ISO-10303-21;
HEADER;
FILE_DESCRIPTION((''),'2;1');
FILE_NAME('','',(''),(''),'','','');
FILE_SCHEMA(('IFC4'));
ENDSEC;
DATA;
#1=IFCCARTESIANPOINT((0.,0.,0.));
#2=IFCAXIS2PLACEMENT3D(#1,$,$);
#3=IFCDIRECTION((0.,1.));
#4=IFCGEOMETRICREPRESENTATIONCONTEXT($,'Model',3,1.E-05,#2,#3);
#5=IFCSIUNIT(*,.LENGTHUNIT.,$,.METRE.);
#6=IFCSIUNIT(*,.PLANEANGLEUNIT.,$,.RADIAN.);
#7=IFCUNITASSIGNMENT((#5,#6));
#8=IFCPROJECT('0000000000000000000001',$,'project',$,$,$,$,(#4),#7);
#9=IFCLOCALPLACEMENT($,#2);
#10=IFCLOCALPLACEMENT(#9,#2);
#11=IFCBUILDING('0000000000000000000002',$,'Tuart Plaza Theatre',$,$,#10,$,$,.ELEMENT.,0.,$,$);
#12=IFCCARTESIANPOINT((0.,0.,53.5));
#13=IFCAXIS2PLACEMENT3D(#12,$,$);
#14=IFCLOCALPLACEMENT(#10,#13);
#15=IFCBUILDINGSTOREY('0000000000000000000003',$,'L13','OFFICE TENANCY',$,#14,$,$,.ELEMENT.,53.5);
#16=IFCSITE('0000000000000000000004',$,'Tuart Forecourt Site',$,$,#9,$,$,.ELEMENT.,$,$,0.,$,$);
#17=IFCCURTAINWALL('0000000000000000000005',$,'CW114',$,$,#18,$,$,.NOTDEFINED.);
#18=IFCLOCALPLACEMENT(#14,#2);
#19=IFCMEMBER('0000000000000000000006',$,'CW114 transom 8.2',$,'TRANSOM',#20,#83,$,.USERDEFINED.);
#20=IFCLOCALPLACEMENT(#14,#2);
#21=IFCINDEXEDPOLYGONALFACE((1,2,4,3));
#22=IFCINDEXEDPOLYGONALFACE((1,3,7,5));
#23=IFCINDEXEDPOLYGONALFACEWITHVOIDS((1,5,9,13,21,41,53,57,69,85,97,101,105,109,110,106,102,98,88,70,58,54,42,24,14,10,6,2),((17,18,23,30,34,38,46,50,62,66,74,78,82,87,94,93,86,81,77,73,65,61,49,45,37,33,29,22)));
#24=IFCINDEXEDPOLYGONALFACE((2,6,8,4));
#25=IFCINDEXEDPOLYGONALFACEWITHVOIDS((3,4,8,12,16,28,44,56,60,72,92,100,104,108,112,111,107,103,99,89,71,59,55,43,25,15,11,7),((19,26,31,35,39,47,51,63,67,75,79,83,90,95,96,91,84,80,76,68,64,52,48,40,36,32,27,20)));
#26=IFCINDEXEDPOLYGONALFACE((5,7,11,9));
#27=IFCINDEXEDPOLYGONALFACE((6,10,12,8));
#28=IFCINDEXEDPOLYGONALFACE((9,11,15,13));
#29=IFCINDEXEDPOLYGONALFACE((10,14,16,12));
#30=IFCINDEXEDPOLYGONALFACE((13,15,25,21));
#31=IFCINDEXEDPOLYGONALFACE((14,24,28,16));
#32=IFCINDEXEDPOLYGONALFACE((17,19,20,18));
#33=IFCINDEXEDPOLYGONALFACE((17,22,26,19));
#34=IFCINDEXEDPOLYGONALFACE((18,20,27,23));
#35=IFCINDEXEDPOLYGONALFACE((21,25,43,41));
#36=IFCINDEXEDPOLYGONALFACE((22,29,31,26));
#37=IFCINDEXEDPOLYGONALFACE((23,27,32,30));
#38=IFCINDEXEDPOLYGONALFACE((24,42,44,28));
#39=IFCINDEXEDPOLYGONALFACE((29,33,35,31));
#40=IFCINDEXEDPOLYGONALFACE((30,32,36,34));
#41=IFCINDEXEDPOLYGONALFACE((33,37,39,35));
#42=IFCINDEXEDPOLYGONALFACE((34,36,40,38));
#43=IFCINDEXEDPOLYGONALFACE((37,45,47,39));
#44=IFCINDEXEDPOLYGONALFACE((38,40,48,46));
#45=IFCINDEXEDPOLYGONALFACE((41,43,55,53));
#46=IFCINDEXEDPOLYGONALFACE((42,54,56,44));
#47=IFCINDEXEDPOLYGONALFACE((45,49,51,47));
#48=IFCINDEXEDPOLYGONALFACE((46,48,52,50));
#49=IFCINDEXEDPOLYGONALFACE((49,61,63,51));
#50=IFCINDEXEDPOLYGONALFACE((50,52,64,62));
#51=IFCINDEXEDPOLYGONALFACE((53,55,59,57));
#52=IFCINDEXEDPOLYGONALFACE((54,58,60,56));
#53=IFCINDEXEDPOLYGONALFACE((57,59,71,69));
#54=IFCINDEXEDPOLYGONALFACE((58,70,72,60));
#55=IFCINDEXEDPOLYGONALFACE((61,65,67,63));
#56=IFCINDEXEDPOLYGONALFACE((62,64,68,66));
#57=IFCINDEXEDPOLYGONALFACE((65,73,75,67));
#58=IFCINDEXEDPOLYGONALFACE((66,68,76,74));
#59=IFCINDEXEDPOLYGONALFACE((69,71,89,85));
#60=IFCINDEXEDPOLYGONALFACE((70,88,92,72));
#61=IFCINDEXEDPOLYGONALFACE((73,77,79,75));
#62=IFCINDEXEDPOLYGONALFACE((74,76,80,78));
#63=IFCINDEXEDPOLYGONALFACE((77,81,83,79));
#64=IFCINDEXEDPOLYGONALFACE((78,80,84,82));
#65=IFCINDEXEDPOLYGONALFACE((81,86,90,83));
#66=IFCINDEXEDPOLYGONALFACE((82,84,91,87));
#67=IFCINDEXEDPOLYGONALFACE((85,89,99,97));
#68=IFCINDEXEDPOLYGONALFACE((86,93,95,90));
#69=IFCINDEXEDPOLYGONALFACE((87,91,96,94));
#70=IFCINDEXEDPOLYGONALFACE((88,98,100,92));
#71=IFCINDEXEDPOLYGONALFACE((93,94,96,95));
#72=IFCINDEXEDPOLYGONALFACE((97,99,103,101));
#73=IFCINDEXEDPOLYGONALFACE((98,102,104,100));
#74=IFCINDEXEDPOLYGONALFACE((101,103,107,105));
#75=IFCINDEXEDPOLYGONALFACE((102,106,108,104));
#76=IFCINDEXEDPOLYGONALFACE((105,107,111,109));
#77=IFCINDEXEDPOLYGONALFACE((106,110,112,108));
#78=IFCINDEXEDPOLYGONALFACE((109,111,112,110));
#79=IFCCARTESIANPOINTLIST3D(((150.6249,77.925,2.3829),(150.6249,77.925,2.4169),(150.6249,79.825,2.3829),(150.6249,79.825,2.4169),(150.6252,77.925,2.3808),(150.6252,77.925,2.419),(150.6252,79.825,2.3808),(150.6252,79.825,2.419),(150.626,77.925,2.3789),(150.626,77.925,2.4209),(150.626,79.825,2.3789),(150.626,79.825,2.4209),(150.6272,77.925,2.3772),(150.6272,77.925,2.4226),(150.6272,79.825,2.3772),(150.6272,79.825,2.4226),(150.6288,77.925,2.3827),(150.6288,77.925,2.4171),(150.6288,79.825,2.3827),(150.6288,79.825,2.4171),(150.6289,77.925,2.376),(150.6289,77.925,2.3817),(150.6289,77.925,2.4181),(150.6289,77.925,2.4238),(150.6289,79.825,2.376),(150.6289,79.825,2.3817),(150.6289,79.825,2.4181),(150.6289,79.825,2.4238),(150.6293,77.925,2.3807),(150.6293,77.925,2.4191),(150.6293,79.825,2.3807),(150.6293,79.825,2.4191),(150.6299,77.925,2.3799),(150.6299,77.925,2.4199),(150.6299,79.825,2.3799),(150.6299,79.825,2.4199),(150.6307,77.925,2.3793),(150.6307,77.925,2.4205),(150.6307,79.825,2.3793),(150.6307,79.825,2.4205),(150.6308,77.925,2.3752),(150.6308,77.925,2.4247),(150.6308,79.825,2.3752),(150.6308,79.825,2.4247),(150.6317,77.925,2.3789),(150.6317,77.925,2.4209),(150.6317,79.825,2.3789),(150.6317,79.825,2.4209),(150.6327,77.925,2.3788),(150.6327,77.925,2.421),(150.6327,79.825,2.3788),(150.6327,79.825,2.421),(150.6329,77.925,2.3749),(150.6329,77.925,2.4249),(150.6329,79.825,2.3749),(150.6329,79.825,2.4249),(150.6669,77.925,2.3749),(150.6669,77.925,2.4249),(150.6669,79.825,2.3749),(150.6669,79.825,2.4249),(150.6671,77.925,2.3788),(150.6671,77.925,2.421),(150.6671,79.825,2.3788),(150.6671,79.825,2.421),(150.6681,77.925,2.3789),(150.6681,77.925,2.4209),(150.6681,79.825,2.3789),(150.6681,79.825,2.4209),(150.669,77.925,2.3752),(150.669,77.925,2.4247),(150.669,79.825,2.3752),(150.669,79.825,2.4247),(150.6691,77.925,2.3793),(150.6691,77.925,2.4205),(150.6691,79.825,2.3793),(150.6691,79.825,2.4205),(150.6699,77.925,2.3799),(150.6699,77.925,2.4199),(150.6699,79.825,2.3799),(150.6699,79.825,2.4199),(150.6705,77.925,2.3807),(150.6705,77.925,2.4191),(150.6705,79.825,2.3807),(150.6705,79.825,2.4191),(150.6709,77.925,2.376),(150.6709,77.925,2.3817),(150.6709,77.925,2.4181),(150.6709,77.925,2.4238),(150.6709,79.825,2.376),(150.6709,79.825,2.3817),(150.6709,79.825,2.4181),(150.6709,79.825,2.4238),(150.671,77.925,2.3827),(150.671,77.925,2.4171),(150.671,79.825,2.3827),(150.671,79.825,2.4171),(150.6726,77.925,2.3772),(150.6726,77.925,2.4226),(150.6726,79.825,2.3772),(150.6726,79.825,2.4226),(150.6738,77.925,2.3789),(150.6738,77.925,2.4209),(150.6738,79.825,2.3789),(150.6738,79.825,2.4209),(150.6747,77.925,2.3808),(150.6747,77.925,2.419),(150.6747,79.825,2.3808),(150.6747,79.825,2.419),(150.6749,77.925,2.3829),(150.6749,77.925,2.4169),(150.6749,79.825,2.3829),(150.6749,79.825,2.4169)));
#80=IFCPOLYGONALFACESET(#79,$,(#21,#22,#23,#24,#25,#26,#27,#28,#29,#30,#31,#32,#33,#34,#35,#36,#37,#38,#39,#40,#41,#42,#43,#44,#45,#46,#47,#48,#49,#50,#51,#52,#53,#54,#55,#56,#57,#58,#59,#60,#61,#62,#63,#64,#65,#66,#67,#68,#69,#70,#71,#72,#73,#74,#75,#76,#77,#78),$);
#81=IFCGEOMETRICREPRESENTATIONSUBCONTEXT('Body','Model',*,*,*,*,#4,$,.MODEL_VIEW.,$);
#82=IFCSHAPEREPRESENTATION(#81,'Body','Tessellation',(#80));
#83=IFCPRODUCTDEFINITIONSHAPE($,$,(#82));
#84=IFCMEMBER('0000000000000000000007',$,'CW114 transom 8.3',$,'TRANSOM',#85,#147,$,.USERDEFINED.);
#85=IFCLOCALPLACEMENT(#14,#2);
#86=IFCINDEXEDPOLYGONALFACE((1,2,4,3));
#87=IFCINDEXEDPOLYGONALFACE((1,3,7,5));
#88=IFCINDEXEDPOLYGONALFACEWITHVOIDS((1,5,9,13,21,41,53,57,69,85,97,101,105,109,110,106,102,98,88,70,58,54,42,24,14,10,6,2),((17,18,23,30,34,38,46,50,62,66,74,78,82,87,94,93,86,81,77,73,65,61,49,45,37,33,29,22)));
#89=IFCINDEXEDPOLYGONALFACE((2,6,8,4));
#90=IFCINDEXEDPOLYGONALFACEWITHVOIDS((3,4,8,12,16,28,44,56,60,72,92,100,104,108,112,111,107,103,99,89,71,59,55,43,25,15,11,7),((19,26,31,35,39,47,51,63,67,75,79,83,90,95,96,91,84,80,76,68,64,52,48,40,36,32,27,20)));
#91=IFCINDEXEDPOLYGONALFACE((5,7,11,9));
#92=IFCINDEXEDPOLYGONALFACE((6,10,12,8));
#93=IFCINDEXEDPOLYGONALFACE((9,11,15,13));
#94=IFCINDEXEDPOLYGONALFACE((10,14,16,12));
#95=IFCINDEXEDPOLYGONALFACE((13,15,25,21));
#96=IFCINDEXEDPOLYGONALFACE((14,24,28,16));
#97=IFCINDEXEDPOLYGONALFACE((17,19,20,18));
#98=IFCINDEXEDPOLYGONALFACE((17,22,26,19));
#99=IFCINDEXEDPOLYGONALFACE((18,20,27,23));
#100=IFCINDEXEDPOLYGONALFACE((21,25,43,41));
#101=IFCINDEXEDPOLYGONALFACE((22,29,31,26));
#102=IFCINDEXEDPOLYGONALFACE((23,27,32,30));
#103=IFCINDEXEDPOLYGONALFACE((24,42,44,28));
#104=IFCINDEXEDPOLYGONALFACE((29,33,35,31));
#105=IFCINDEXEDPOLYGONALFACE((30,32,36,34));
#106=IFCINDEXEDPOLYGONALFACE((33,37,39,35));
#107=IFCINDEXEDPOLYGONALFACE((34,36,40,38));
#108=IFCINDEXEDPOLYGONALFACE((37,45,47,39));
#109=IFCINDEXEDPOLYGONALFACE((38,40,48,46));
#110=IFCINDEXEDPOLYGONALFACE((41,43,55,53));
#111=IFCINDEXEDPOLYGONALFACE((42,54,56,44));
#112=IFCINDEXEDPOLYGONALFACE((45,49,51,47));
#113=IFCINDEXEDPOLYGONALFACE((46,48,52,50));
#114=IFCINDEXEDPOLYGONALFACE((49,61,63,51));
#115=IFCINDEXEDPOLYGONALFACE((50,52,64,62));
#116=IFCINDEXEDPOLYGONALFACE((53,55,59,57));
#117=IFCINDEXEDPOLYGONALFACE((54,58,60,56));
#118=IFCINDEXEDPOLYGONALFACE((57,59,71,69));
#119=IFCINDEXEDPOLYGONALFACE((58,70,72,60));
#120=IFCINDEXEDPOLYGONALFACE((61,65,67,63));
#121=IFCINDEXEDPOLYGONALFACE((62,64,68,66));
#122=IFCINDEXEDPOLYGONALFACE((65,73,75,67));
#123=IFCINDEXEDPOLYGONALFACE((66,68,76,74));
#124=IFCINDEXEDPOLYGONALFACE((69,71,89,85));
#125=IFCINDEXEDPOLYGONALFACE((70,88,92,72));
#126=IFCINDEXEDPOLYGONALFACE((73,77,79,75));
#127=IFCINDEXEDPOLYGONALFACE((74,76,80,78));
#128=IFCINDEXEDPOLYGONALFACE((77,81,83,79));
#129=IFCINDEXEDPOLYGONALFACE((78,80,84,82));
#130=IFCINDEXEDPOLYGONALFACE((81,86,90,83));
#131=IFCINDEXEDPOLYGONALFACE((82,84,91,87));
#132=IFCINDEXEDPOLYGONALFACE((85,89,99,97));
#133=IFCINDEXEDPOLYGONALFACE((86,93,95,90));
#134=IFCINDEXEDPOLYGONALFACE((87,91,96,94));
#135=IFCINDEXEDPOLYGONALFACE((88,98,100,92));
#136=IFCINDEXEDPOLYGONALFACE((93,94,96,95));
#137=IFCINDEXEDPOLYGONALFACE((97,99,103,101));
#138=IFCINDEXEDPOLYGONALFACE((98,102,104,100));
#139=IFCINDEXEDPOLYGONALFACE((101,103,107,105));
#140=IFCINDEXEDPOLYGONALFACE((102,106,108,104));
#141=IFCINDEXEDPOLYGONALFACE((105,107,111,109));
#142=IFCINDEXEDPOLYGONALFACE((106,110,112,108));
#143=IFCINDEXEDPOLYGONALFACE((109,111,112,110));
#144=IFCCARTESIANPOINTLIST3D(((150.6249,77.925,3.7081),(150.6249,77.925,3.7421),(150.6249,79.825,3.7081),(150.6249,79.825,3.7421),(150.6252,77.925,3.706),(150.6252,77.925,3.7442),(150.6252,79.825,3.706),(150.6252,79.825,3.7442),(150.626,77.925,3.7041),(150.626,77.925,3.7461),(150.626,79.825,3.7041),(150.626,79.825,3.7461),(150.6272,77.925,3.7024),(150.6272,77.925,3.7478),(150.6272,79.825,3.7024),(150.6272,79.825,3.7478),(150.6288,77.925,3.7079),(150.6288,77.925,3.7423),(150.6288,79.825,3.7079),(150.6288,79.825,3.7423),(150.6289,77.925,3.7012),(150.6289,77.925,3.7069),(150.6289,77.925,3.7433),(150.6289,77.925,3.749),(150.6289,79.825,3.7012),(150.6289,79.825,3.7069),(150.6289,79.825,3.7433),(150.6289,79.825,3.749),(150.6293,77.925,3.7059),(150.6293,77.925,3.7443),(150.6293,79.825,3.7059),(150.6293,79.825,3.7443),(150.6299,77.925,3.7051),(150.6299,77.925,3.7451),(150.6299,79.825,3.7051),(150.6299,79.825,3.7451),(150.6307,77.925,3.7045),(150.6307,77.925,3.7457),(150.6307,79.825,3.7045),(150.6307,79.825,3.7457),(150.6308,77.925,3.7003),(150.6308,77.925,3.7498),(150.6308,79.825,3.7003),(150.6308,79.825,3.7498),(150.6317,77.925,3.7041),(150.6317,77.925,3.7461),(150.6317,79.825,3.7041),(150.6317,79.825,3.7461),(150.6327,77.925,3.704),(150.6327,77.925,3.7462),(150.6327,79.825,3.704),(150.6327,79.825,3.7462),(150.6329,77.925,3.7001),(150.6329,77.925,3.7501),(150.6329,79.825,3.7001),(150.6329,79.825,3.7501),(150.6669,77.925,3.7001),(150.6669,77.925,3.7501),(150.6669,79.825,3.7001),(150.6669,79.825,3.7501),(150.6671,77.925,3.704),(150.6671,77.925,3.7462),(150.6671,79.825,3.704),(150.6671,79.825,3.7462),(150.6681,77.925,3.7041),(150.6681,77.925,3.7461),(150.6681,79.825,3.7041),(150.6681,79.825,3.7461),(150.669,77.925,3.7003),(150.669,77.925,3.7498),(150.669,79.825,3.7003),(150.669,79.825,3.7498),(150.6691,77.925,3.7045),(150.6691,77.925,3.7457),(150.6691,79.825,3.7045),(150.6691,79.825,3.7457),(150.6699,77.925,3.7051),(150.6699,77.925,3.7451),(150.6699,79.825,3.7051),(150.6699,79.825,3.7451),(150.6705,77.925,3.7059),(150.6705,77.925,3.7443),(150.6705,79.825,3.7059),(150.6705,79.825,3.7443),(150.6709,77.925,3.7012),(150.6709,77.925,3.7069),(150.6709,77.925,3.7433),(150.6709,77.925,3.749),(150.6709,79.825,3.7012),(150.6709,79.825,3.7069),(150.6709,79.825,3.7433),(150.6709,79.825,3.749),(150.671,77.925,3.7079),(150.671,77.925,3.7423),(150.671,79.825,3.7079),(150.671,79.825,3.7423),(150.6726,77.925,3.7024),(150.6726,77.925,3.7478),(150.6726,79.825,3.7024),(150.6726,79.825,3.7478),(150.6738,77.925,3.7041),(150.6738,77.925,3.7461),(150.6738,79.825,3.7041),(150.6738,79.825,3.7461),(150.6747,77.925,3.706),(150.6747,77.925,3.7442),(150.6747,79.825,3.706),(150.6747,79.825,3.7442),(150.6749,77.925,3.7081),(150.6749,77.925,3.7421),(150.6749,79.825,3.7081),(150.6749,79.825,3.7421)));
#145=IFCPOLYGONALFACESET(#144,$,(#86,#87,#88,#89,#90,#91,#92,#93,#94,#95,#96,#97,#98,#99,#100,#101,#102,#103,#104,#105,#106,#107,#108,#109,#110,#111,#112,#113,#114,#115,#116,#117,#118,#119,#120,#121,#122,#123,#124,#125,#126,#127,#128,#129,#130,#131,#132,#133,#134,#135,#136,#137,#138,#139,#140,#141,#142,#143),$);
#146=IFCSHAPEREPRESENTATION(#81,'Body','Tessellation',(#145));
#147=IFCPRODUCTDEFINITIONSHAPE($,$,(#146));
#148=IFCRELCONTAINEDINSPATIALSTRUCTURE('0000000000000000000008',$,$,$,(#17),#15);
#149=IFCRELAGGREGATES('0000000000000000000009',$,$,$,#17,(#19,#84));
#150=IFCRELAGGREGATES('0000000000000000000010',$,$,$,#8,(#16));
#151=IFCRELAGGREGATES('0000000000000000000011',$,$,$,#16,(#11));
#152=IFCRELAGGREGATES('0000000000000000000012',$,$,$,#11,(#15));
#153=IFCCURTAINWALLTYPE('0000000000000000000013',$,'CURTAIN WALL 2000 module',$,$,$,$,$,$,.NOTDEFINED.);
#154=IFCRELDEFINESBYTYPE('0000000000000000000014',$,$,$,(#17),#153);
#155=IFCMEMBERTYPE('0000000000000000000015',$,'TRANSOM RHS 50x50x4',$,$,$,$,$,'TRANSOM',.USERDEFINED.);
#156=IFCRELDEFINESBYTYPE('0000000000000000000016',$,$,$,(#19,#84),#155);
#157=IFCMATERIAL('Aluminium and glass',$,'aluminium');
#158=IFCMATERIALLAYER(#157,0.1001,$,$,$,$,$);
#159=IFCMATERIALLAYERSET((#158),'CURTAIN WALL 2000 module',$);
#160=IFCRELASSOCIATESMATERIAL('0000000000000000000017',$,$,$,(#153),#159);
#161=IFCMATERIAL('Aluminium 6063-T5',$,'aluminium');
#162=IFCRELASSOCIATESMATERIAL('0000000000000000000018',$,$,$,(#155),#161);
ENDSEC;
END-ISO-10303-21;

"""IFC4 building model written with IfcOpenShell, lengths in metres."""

from ifc_helpers import new_model, si_unit, direction, frame, origin, origin_2d, place, context, subcontext, project, spatial, hollow_rectangle, extrude, material, layer, layer_set, material_profile, profile_set, type_object, element, aggregate, save


model = new_model("IFC4")

# Units and contexts
model_context = context("Model", 3, precision=1e-05, world=origin(), true_north=direction((0.0, 1.0)))
body_context = subcontext(model_context, "Body", "Model", "MODEL_VIEW")
ifc_project = project(units=[si_unit("LENGTHUNIT", "METRE"), si_unit("PLANEANGLEUNIT", "RADIAN")], contexts=[model_context])

# Site, building, storey
site_placement = place(None, origin())
site = spatial("IfcSite", under=ifc_project, at=site_placement, Name="Tuart Forecourt Site", CompositionType="ELEMENT", RefElevation=0.0)
building_placement = place(site_placement, origin())
building = spatial("IfcBuilding", under=site, at=building_placement, Name="Tuart Plaza Theatre", CompositionType="ELEMENT", ElevationOfRefHeight=0.0)
storey_placement = place(building_placement, frame((0.0, 0.0, 53.5)))
storey = spatial("IfcBuildingStorey", under=building, at=storey_placement, Name="L13", Description="OFFICE TENANCY", CompositionType="ELEMENT", Elevation=53.5)

# Curtain wall
ifc_material_1 = material(Name="Aluminium and glass", Category="aluminium")
ifc_layer_1 = layer(ifc_material_1, 0.1001)
ifc_layer_set_1 = layer_set([ifc_layer_1], Name="CURTAIN WALL 2000 module")
curtain_wall_type = type_object("IfcCurtainWallType", Name="CURTAIN WALL 2000 module", PredefinedType="NOTDEFINED", material=ifc_layer_set_1)
curtain_wall_1_placement = place(storey_placement, origin())
curtain_wall_1 = element("IfcCurtainWall", 1, at=curtain_wall_1_placement, inside=storey, type_object=curtain_wall_type, Name="CW114", PredefinedType="NOTDEFINED")

# Members
ifc_material_2 = material(Name="Aluminium 6063-T5", Category="aluminium")
ifc_material_profile_1 = material_profile(ifc_material_2, hollow_rectangle(XDim=0.05, YDim=0.05, WallThickness=0.0039, InnerFilletRadius=0.0039, OuterFilletRadius=0.0081, at=origin_2d()), Name="RHS 50x50x4")
ifc_profile_set_1 = profile_set([ifc_material_profile_1], Name="Aluminium 6063-T5")
member_type_1 = type_object("IfcMemberType", Name="TRANSOM RHS 50x50x4", ElementType="TRANSOM", PredefinedType="USERDEFINED", material=ifc_profile_set_1)
member_1_placement = place(storey_placement, frame((150.6499, 77.925, 2.3999), z_axis=(0.0, 1.0, 0.0), x_axis=(-1.0, 0.0, 0.0)))
member_1 = element("IfcMember", 2, at=member_1_placement, type_object=member_type_1, Name="CW114 transom 8.2", ObjectType="TRANSOM", PredefinedType="USERDEFINED", context=body_context, shape_type="SweptSolid", body=[
    extrude(hollow_rectangle(XDim=0.05, YDim=0.05, WallThickness=0.0039, InnerFilletRadius=0.0039, OuterFilletRadius=0.0081, at=origin_2d()), origin(), (0.0, 0.0, 1.0), 1.8999),
])
member_2_placement = place(storey_placement, frame((150.6499, 77.925, 3.7251), z_axis=(0.0, 1.0, 0.0), x_axis=(-1.0, 0.0, 0.0)))
member_2 = element("IfcMember", 3, at=member_2_placement, type_object=member_type_1, Name="CW114 transom 8.3", ObjectType="TRANSOM", PredefinedType="USERDEFINED", context=body_context, shape_type="SweptSolid", body=[
    extrude(hollow_rectangle(XDim=0.05, YDim=0.05, WallThickness=0.0039, InnerFilletRadius=0.0039, OuterFilletRadius=0.0081, at=origin_2d()), origin(), (0.0, 0.0, 1.0), 1.8999),
])

aggregate(curtain_wall_1, [member_1, member_2])

save(model, "model.ifc")
